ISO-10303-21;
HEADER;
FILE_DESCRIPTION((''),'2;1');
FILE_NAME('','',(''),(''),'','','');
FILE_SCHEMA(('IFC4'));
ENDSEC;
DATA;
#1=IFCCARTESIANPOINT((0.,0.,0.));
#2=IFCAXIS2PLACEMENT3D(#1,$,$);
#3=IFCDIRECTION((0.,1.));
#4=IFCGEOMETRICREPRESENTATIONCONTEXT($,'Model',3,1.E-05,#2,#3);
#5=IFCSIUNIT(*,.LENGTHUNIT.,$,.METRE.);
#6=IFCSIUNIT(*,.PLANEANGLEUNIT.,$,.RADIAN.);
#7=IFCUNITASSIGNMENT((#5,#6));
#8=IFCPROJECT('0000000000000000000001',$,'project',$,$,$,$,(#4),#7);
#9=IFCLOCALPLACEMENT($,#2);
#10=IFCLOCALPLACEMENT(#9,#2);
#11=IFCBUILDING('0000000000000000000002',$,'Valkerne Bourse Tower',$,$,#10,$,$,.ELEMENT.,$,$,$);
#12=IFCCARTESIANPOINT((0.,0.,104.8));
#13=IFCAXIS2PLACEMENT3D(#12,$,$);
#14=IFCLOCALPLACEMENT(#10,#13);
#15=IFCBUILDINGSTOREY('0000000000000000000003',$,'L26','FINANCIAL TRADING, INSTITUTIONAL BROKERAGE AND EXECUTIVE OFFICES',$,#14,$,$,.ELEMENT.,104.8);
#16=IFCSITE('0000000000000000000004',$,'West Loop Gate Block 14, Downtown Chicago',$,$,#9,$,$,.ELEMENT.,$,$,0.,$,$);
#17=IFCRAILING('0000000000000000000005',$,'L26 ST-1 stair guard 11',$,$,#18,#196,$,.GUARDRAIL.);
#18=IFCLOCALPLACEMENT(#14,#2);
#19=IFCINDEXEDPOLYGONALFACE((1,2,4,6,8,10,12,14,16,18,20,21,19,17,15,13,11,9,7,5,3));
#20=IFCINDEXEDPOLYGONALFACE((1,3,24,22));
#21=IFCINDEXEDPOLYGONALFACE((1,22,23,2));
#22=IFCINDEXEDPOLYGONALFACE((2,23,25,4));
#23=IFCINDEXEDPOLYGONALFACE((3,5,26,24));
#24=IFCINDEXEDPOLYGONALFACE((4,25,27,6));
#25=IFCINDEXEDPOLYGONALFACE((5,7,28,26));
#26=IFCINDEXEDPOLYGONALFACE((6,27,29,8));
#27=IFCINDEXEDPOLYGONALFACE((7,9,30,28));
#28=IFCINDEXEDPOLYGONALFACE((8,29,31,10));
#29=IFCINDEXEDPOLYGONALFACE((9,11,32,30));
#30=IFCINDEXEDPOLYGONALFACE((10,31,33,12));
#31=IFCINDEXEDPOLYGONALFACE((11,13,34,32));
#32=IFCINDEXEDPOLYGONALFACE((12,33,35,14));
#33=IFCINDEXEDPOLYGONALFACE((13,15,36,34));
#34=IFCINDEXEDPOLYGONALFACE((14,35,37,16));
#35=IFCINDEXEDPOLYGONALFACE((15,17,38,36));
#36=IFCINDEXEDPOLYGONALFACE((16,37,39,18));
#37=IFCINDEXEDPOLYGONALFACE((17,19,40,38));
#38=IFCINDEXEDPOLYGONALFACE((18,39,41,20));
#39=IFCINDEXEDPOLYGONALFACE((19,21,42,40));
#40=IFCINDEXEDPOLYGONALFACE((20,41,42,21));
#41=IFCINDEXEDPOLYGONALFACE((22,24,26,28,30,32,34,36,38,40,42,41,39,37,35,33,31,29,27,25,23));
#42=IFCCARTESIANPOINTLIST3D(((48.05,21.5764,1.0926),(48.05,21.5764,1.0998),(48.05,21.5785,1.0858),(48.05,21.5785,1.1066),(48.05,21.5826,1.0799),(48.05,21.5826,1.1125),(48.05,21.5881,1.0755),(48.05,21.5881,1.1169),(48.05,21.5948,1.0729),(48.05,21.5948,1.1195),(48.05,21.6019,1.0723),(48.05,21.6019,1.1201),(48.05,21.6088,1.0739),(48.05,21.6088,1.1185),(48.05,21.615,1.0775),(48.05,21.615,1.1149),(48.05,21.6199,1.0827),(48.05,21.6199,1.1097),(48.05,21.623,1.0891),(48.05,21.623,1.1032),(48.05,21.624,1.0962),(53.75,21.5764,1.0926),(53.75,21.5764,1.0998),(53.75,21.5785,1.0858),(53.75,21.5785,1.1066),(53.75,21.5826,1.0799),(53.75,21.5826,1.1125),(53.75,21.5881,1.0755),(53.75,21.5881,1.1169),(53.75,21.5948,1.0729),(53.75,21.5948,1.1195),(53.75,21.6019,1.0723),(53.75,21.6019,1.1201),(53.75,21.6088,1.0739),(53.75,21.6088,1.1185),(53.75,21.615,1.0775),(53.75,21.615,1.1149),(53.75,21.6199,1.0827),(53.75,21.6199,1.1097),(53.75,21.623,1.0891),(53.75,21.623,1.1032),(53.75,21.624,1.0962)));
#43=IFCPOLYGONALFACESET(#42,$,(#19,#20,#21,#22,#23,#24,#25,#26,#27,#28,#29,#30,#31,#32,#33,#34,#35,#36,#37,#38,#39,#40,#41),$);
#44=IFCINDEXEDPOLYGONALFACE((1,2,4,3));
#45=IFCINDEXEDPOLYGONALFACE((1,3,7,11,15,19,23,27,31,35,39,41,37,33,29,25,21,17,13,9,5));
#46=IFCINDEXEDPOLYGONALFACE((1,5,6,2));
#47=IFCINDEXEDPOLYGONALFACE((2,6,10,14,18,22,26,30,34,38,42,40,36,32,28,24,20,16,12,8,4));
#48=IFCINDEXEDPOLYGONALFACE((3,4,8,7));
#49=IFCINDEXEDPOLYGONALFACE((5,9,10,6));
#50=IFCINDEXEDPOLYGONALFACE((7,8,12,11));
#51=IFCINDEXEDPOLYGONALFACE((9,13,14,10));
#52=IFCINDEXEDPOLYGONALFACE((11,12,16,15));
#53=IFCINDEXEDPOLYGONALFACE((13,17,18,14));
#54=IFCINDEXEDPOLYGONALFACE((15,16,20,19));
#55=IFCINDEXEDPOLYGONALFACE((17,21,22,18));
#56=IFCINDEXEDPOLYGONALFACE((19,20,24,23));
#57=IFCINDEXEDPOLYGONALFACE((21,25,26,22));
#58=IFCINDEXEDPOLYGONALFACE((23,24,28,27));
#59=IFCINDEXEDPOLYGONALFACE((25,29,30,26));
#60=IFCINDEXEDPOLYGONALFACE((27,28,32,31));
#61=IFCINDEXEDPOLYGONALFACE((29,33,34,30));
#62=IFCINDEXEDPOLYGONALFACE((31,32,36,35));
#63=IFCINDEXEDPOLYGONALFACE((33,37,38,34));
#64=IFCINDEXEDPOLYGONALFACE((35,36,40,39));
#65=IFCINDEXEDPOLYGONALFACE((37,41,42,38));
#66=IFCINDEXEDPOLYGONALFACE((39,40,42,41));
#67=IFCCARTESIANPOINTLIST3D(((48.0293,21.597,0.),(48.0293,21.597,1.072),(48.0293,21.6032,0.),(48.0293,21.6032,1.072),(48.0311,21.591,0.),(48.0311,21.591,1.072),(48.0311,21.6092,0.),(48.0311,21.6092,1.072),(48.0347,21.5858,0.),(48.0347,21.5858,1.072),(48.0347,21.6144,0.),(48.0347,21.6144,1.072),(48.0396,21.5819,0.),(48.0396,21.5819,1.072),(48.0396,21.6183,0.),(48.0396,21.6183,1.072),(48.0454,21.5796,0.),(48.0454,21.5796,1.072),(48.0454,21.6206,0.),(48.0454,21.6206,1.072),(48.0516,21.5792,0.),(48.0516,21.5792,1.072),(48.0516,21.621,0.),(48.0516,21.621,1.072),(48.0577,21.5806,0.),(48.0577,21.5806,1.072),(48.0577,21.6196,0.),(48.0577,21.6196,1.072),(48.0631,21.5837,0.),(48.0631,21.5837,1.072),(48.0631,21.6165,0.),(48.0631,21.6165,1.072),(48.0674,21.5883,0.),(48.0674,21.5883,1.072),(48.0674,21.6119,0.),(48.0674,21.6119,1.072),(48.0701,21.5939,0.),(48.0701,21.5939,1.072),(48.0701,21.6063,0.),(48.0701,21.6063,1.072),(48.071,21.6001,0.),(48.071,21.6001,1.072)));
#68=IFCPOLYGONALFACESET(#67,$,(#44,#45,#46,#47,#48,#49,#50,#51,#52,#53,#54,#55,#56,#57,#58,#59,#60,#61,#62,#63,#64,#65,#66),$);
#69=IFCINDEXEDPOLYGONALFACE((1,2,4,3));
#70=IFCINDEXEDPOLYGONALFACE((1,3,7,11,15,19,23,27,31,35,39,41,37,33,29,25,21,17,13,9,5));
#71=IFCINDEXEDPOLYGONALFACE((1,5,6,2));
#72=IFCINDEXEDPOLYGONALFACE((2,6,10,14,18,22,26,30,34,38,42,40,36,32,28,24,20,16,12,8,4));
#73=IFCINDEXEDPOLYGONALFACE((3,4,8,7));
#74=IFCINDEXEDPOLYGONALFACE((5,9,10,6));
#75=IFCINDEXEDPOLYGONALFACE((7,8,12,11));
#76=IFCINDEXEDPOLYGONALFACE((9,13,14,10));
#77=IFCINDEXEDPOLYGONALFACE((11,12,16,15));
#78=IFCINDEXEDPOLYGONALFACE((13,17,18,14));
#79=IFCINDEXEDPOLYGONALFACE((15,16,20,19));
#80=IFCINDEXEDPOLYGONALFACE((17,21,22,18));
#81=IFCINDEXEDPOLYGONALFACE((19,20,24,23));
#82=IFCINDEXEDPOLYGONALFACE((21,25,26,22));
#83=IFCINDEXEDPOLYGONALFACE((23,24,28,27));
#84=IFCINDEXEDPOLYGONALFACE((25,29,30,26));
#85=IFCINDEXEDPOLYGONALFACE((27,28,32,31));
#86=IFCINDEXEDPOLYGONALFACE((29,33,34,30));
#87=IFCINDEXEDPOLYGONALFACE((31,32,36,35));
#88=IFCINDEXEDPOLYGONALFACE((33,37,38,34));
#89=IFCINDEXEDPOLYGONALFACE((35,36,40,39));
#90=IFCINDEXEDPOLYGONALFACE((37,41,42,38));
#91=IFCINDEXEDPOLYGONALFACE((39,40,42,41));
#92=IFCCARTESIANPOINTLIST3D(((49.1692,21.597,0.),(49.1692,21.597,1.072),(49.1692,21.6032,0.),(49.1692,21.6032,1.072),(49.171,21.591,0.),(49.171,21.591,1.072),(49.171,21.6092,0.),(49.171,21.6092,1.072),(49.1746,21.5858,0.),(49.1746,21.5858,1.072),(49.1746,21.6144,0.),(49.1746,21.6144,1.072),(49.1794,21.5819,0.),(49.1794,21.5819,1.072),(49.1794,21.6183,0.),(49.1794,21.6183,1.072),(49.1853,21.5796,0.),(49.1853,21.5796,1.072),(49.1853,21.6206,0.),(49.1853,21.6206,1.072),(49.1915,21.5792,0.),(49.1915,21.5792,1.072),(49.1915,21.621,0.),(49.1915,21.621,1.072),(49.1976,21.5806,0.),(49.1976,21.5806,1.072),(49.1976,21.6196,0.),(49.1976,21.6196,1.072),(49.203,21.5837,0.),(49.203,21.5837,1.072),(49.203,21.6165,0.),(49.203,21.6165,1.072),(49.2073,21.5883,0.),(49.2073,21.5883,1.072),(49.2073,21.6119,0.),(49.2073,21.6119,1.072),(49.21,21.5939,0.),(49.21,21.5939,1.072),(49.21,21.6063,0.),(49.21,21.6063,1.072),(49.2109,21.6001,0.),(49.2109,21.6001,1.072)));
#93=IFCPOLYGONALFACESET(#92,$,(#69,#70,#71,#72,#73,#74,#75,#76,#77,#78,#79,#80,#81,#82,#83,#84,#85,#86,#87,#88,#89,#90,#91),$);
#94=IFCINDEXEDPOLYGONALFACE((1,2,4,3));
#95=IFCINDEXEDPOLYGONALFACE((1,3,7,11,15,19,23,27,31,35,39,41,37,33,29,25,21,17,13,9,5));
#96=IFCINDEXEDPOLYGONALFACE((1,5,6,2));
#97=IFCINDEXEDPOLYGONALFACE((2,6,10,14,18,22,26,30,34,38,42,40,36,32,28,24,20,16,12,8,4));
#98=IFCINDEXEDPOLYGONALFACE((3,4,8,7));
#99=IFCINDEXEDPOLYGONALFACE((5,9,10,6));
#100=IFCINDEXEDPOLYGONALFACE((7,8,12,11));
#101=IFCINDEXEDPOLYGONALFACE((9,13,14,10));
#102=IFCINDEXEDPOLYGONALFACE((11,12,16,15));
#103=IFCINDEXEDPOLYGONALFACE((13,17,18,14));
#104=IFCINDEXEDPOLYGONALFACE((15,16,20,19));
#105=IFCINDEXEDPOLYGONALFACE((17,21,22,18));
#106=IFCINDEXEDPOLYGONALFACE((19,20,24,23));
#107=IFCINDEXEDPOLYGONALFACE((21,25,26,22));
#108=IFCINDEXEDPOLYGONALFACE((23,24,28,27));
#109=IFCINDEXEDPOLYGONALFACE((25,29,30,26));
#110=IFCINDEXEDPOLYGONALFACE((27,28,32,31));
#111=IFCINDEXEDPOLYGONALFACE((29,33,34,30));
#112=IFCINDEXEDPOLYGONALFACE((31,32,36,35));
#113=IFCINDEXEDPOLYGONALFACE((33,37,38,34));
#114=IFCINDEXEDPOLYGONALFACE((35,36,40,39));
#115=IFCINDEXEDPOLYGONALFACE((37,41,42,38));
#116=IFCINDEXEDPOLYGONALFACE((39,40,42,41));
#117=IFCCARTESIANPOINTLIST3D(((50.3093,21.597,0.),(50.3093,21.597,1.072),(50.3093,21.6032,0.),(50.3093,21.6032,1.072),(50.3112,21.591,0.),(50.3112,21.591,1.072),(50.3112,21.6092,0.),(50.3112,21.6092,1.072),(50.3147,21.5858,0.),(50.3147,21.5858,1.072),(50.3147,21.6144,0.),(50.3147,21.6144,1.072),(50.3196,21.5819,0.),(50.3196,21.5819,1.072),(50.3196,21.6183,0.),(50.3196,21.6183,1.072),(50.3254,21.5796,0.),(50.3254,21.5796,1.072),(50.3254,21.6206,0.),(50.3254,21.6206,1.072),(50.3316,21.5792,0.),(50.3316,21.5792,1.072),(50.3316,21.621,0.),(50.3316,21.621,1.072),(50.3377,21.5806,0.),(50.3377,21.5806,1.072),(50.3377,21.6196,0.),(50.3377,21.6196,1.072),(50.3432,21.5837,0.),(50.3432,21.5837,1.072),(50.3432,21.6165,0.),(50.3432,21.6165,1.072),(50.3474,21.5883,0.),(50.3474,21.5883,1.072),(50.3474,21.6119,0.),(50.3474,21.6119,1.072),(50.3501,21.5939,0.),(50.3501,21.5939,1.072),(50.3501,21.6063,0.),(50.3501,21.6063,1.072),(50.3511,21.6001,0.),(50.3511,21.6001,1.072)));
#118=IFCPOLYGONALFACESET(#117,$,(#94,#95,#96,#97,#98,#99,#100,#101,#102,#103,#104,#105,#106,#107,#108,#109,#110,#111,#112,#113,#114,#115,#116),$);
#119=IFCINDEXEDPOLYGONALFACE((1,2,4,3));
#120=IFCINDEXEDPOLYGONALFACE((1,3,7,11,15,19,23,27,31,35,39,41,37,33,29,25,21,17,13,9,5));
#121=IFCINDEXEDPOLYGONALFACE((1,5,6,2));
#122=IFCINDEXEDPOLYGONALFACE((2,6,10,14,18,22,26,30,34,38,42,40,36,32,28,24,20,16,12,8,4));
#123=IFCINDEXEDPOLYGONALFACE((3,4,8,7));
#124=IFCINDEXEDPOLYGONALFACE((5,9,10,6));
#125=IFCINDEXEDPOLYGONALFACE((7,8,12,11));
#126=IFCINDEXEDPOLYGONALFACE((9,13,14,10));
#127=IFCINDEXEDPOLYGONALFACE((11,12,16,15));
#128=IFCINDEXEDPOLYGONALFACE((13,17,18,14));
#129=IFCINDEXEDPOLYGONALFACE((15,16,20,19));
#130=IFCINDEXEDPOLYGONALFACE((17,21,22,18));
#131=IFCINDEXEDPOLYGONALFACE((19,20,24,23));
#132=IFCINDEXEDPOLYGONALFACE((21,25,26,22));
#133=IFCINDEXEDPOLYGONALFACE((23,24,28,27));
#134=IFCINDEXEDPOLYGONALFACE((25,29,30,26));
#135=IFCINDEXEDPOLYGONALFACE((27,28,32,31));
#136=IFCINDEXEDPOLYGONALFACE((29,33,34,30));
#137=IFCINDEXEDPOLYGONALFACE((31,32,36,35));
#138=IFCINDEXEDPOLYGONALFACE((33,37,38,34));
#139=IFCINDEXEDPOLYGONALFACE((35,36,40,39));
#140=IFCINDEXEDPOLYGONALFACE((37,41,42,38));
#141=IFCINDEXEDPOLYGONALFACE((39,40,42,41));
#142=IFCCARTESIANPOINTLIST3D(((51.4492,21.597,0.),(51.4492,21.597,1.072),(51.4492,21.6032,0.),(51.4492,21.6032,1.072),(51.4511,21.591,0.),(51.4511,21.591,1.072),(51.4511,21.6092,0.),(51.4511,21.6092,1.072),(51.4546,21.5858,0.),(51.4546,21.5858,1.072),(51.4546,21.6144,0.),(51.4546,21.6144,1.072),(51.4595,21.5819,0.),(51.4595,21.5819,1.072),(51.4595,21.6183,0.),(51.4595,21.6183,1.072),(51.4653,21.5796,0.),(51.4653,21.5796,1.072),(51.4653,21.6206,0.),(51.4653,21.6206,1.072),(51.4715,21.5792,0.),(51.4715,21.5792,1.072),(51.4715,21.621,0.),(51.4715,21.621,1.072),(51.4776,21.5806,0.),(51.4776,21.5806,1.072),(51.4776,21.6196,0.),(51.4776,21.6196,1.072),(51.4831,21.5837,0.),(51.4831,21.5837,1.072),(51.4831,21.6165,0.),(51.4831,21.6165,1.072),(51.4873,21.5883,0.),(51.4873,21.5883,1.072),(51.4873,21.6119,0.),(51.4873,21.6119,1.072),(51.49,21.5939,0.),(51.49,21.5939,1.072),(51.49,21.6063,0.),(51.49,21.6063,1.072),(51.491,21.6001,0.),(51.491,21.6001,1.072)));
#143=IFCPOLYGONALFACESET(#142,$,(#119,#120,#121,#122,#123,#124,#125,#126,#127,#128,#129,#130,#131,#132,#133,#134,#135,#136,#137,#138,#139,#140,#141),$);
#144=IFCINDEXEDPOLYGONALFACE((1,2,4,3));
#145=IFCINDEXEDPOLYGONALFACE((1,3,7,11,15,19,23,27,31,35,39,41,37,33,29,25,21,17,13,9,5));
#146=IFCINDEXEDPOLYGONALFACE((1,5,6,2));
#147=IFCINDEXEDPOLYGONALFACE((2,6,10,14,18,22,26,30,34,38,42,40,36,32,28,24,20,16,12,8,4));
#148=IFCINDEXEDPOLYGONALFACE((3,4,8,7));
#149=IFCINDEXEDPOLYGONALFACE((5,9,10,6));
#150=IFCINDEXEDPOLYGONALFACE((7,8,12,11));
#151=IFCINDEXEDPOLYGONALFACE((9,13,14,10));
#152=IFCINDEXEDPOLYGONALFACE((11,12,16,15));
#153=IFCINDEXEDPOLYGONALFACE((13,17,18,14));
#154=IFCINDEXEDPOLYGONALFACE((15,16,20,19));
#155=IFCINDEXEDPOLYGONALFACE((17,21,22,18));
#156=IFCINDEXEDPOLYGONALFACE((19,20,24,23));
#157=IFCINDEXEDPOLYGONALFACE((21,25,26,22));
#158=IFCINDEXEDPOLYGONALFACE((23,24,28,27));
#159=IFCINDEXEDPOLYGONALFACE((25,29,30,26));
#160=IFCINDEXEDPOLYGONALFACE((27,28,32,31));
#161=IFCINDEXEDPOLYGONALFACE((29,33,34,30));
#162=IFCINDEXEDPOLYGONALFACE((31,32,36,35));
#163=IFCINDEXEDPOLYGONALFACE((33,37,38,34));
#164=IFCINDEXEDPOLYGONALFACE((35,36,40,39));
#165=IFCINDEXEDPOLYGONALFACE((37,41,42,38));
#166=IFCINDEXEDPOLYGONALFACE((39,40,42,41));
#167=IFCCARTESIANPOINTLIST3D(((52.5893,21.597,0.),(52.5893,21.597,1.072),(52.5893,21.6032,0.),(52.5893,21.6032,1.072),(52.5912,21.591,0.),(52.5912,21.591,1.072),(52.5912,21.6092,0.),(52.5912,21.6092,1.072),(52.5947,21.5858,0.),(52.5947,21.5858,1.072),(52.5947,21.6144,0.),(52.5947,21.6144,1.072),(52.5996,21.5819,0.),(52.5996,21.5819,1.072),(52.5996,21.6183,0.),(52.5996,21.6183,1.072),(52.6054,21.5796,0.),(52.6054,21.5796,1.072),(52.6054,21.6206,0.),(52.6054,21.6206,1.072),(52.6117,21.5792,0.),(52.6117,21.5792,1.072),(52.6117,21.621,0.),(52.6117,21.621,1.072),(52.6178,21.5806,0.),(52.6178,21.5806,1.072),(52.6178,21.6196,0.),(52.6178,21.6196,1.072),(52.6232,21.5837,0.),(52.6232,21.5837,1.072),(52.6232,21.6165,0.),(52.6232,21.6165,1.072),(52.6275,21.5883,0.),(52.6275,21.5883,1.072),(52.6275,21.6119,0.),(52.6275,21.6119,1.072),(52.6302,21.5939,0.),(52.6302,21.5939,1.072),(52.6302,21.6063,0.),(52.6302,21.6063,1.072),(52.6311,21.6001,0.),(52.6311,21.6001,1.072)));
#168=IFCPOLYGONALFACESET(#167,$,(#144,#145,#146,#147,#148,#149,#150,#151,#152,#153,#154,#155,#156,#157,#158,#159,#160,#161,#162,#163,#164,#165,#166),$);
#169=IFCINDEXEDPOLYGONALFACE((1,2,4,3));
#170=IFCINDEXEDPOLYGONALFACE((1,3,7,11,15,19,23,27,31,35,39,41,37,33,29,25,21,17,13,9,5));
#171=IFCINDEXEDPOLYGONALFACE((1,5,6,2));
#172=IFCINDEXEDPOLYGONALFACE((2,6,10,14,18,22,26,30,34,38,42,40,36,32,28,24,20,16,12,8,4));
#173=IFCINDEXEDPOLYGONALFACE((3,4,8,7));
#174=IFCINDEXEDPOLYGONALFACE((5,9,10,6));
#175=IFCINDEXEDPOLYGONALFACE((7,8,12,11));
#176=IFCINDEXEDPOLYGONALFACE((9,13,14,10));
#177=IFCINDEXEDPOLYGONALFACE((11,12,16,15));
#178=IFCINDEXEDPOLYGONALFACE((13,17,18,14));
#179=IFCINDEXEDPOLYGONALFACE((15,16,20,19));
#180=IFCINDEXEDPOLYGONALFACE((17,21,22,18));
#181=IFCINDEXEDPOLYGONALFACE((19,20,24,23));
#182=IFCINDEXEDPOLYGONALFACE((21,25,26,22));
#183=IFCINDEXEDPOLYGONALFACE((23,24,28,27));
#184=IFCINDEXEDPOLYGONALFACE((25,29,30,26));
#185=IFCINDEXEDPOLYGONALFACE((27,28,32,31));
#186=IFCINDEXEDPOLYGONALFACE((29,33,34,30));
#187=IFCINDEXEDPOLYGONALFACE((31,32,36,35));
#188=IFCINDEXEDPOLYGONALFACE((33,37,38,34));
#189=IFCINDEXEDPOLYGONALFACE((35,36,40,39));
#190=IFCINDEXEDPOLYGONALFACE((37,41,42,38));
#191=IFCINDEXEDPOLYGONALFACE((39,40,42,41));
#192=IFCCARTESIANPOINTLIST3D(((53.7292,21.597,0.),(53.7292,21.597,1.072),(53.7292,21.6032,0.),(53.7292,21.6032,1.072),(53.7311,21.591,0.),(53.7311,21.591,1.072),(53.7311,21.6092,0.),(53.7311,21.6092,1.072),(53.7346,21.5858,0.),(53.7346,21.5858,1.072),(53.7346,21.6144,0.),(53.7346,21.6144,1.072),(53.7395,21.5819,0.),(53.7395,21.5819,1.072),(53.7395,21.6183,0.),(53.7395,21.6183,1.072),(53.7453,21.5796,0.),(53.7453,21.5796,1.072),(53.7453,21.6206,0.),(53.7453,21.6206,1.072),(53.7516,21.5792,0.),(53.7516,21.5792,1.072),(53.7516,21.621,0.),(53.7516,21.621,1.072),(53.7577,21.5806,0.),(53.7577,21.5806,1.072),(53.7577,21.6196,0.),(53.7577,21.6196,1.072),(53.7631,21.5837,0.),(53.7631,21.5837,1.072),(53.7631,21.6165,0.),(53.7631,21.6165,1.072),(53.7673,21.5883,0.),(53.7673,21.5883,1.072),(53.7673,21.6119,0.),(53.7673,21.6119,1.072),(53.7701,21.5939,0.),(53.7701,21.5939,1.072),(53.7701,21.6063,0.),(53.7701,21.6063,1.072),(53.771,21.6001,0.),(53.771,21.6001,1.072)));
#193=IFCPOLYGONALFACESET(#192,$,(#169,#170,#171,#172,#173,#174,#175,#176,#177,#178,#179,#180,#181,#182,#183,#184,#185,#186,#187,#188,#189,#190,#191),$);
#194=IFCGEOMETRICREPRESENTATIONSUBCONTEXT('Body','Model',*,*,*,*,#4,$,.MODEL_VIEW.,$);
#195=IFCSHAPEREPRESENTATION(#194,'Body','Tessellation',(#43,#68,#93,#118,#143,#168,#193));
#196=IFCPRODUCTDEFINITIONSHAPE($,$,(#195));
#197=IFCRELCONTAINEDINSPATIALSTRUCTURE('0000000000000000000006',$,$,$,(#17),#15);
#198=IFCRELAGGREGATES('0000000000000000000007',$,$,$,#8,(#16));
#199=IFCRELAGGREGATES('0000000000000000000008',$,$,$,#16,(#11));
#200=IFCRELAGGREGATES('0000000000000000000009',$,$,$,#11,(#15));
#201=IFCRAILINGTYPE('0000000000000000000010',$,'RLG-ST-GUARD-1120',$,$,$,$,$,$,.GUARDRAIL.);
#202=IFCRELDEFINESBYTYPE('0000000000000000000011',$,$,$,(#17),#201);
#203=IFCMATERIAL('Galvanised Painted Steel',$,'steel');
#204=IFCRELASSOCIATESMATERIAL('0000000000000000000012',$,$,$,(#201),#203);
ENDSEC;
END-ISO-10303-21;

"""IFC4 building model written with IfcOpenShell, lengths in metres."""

from ifc_helpers import new_model, si_unit, direction, frame, origin, origin_2d, place, context, subcontext, project, spatial, circle, extrude, material, type_object, element, save


model = new_model("IFC4")

# Units and contexts
model_context = context("Model", 3, precision=1e-05, world=origin(), true_north=direction((0.0, 1.0)))
body_context = subcontext(model_context, "Body", "Model", "MODEL_VIEW")
ifc_project = project(units=[si_unit("LENGTHUNIT", "METRE"), si_unit("PLANEANGLEUNIT", "RADIAN")], contexts=[model_context])

# Site, building, storey
site_placement = place(None, origin())
site = spatial("IfcSite", under=ifc_project, at=site_placement, Name="West Loop Gate Block 14, Downtown Chicago", CompositionType="ELEMENT", RefElevation=0.0)
building_placement = place(site_placement, origin())
building = spatial("IfcBuilding", under=site, at=building_placement, Name="Valkerne Bourse Tower", CompositionType="ELEMENT")
storey_placement = place(building_placement, frame((0.0, 0.0, 104.8)))
storey = spatial("IfcBuildingStorey", under=building, at=storey_placement, Name="L26", Description="FINANCIAL TRADING, INSTITUTIONAL BROKERAGE AND EXECUTIVE OFFICES", CompositionType="ELEMENT", Elevation=104.8)

# Shared definitions
ifc_material_1 = material(Name="Galvanised Painted Steel", Category="steel")

# Railing
railing_type_1 = type_object("IfcRailingType", Name="RLG-ST-GUARD-1120", PredefinedType="GUARDRAIL", material=ifc_material_1)
for number, where, name in (
    (1, (48.05, 21.6001, 0.0), "L26 ST-1 stair guard 11"),
):
    element("IfcRailing", number, at=place(storey_placement, frame(where)), inside=storey, type_object=railing_type_1, Name=name, PredefinedType="GUARDRAIL", context=body_context, shape_type="SweptSolid", body=[
        extrude(circle(Radius=0.0239, at=origin_2d()), frame((0.0, 0.0, 1.0962), z_axis=(1.0, 0.0, 0.0), x_axis=(0.0, 1.0, 0.0)), (0.0, 0.0, 1.0), 5.7),
        extrude(circle(Radius=0.021, at=origin_2d()), origin(), (0.0, 0.0, 1.0), 1.072),
        extrude(circle(Radius=0.021, at=origin_2d()), frame((1.1399, 0.0, 0.0)), (0.0, 0.0, 1.0), 1.072),
        extrude(circle(Radius=0.021, at=origin_2d()), frame((2.28, 0.0, 0.0)), (0.0, 0.0, 1.0), 1.072),
        extrude(circle(Radius=0.021, at=origin_2d()), frame((3.4199, 0.0, 0.0)), (0.0, 0.0, 1.0), 1.072),
        extrude(circle(Radius=0.021, at=origin_2d()), frame((4.5601, 0.0, 0.0)), (0.0, 0.0, 1.0), 1.072),
        extrude(circle(Radius=0.021, at=origin_2d()), frame((5.7, 0.0, 0.0)), (0.0, 0.0, 1.0), 1.072),
    ])

save(model, "model.ifc")
